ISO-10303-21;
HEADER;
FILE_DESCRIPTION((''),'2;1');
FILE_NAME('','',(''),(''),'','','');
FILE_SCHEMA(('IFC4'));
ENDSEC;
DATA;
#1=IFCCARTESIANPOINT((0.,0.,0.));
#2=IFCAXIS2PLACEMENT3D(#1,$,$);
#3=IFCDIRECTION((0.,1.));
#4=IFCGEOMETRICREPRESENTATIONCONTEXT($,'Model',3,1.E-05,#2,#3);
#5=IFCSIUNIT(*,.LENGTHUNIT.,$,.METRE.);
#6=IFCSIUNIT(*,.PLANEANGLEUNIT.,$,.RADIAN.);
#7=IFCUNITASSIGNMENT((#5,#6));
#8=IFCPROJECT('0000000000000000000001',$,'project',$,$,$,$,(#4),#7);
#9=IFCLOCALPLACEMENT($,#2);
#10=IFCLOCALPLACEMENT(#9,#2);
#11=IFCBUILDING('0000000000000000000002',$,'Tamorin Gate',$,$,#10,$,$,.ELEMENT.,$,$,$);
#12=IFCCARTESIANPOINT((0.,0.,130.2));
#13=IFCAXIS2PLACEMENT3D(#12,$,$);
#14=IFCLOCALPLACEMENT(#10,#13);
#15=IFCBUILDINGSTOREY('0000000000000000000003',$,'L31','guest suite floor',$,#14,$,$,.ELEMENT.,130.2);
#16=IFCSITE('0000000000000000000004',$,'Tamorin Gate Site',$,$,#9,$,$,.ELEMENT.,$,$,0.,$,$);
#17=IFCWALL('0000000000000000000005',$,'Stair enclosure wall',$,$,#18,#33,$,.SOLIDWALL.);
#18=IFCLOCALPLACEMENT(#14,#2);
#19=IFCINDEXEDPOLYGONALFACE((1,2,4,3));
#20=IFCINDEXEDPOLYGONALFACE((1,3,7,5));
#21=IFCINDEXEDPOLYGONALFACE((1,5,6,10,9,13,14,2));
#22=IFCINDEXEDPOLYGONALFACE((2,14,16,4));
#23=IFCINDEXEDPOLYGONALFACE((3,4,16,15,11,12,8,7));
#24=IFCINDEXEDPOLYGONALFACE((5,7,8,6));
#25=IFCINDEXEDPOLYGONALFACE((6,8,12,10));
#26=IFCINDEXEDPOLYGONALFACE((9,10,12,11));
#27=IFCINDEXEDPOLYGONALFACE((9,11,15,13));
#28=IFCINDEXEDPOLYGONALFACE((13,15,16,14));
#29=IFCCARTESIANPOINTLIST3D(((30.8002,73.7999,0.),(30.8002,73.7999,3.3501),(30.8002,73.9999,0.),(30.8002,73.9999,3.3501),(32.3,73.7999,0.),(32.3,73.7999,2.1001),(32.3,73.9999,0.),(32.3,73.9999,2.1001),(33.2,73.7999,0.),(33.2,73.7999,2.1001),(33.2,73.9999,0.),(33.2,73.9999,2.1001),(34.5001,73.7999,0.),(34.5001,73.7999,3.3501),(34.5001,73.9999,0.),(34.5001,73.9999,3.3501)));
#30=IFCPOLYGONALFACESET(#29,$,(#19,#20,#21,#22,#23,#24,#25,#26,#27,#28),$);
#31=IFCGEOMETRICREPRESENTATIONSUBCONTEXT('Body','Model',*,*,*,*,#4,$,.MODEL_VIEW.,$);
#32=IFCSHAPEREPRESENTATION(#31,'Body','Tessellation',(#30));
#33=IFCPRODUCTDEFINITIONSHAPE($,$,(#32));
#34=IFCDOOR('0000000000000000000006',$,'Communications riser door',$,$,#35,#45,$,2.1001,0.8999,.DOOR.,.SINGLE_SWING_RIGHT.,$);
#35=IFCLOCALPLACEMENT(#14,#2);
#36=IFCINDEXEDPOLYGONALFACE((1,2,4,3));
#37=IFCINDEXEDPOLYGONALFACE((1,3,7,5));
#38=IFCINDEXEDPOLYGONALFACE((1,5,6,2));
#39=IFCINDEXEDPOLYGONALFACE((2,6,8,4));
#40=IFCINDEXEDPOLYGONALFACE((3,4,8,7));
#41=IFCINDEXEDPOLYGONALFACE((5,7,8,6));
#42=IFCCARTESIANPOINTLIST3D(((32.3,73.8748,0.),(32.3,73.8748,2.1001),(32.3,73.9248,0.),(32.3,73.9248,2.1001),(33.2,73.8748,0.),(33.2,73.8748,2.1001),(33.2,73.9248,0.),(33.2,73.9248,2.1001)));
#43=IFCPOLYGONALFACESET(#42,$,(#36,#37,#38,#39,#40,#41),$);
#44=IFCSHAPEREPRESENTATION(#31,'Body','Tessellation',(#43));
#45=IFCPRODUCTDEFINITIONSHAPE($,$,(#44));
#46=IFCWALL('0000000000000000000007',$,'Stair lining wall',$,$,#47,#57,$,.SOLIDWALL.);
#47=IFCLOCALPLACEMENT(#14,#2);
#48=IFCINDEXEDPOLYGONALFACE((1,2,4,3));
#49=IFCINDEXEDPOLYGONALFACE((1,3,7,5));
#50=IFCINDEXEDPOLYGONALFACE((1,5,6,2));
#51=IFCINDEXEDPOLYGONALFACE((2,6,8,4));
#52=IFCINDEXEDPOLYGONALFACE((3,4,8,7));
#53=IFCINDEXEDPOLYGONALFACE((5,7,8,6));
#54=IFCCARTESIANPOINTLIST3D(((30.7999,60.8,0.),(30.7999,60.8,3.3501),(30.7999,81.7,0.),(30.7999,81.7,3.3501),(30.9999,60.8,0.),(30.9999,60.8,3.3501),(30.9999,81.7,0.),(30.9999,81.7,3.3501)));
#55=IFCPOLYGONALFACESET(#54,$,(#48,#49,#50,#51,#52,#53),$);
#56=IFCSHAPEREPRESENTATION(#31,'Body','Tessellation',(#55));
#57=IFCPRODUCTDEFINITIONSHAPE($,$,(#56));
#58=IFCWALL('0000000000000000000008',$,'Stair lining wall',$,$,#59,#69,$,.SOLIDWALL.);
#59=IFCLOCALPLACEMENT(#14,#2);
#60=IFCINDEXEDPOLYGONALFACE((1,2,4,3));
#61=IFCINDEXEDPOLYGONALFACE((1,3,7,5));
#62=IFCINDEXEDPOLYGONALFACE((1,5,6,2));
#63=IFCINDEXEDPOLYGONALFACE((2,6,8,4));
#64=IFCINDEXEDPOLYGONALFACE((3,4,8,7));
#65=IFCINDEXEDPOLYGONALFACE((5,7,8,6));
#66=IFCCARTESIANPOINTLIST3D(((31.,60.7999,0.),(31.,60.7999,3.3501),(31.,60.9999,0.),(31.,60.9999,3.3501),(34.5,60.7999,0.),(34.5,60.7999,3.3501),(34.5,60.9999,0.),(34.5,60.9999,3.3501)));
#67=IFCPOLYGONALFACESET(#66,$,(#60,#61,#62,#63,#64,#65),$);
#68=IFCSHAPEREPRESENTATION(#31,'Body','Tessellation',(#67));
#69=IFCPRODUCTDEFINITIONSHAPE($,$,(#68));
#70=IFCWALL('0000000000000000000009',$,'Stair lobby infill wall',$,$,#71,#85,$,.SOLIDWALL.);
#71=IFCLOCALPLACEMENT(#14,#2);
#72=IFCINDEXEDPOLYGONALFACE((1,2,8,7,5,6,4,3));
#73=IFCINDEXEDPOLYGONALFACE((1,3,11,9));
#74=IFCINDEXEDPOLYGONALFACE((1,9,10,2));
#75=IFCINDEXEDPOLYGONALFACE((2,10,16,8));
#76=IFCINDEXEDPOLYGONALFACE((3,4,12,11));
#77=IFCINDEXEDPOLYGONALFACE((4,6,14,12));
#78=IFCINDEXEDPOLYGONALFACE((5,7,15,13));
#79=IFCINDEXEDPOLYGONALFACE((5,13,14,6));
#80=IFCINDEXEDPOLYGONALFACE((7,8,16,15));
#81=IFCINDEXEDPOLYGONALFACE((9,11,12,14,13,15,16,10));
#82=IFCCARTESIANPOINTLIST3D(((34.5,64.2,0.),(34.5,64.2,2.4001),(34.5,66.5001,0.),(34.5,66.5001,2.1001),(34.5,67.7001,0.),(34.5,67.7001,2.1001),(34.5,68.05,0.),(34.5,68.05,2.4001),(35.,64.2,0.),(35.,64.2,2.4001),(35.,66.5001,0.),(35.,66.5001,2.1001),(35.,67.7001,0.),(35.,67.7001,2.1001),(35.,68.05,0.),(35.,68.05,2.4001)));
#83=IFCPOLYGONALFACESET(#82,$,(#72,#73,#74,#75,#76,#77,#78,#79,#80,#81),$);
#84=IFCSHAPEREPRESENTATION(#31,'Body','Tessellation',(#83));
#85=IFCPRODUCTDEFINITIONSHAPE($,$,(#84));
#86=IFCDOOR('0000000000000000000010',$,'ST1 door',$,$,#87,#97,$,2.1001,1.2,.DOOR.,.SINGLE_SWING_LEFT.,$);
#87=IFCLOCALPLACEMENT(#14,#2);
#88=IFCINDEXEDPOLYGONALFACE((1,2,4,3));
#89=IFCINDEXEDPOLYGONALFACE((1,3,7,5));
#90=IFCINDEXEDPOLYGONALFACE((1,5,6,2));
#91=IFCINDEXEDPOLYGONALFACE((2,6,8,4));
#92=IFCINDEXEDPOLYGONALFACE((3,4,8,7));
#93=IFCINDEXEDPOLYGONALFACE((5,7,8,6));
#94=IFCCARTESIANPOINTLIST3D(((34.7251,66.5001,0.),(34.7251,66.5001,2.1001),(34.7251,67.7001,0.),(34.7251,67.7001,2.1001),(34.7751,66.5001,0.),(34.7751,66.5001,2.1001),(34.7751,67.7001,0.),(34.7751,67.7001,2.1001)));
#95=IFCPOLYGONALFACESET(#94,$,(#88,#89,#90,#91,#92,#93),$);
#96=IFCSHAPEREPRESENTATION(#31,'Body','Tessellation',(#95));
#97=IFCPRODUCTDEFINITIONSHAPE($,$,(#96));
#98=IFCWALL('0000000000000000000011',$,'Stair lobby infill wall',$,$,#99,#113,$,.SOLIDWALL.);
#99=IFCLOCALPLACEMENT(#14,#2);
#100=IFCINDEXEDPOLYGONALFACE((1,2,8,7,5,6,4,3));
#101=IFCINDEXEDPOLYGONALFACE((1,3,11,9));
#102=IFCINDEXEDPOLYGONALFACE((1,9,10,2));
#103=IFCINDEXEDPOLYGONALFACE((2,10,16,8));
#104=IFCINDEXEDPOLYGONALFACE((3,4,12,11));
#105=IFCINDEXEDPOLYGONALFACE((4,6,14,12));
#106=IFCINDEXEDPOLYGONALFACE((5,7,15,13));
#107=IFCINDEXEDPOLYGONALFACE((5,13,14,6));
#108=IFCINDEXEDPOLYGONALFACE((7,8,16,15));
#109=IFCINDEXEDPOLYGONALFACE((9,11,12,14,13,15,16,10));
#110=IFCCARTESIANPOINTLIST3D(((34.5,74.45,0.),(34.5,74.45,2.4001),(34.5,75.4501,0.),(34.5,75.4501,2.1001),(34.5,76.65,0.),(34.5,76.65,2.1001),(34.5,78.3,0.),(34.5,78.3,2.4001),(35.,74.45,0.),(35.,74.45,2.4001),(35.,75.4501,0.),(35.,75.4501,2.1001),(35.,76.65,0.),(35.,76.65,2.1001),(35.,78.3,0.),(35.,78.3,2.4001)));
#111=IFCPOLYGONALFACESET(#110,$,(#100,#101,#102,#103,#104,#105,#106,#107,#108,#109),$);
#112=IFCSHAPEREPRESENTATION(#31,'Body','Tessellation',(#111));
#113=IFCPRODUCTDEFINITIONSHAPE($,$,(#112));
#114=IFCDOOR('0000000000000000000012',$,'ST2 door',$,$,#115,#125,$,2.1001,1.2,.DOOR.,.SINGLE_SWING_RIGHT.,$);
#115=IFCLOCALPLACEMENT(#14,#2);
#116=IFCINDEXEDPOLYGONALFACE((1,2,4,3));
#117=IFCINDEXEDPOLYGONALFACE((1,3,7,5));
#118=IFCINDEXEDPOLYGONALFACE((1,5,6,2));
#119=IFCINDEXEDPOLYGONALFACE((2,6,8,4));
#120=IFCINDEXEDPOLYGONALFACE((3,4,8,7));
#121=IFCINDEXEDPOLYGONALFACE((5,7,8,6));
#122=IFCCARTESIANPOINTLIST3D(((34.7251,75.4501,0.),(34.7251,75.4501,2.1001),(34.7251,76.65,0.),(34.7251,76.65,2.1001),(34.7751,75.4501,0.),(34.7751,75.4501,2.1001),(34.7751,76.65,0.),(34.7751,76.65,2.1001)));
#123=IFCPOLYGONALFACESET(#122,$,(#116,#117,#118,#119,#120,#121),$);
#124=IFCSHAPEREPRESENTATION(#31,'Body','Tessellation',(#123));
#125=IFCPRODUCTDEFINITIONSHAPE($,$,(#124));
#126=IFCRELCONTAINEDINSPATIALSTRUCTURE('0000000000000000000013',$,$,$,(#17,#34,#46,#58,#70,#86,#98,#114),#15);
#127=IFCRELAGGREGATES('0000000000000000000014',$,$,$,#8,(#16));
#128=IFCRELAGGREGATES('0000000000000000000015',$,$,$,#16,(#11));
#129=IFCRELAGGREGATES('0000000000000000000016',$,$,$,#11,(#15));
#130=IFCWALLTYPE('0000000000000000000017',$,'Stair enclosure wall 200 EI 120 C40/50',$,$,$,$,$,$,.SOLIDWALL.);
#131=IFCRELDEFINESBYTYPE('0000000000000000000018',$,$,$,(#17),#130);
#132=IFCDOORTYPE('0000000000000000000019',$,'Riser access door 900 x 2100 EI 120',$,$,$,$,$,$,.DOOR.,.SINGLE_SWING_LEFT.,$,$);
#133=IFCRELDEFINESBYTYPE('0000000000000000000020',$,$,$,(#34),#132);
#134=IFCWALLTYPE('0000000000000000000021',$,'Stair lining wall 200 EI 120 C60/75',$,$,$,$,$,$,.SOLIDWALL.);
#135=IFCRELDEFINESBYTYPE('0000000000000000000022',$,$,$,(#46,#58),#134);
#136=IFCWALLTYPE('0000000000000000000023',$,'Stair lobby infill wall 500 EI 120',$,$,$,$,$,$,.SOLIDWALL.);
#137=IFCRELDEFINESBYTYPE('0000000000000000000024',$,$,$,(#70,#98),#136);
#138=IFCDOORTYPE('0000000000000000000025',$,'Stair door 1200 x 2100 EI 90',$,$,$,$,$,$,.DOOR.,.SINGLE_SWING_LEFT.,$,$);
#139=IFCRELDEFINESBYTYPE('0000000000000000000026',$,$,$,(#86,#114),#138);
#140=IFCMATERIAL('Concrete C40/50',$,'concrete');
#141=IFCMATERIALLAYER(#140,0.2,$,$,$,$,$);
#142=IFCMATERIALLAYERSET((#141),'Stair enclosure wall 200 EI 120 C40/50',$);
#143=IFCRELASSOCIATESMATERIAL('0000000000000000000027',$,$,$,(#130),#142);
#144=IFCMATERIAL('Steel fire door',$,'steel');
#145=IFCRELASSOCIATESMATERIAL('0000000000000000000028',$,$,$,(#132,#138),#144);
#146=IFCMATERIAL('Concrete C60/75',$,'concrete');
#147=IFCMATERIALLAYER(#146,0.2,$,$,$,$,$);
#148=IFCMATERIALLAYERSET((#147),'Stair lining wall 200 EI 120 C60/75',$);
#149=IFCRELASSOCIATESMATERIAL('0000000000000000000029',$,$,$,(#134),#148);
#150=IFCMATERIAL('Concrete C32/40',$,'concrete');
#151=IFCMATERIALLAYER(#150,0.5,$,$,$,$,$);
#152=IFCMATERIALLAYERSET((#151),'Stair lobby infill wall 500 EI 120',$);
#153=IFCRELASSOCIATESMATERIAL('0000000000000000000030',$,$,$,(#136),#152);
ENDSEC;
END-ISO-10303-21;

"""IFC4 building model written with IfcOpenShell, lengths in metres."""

from ifc_helpers import new_model, si_unit, direction, frame, frame_2d, origin, place, context, subcontext, project, spatial, rectangle, extrude, material, layer, layer_set, type_object, element, fill, save


model = new_model("IFC4")

# Units and contexts
model_context = context("Model", 3, precision=1e-05, world=origin(), true_north=direction((0.0, 1.0)))
body_context = subcontext(model_context, "Body", "Model", "MODEL_VIEW")
ifc_project = project(units=[si_unit("LENGTHUNIT", "METRE"), si_unit("PLANEANGLEUNIT", "RADIAN")], contexts=[model_context])

# Site, building, storey
site_placement = place(None, origin())
site = spatial("IfcSite", under=ifc_project, at=site_placement, Name="Tamorin Gate Site", CompositionType="ELEMENT", RefElevation=0.0)
building_placement = place(site_placement, origin())
building = spatial("IfcBuilding", under=site, at=building_placement, Name="Tamorin Gate", CompositionType="ELEMENT")
storey_placement = place(building_placement, frame((0.0, 0.0, 130.2)))
storey = spatial("IfcBuildingStorey", under=building, at=storey_placement, Name="L31", Description="guest suite floor", CompositionType="ELEMENT", Elevation=130.2)

# Shared definitions
ifc_material_1 = material(Name="Concrete C60/75", Category="concrete")

# Wall, opening, door
ifc_material_2 = material(Name="Concrete C40/50", Category="concrete")
ifc_layer_1 = layer(ifc_material_2, 0.2)
ifc_layer_set_1 = layer_set([ifc_layer_1], Name="Stair enclosure wall 200 EI 120 C40/50")
wall_type_1 = type_object("IfcWallType", Name="Stair enclosure wall 200 EI 120 C40/50", PredefinedType="SOLIDWALL", material=ifc_layer_set_1)
ifc_material_3 = material(Name="Steel fire door", Category="steel")
door_type_1 = type_object("IfcDoorType", Name="Riser access door 900 x 2100 EI 120", OperationType="SINGLE_SWING_LEFT", PredefinedType="DOOR", material=ifc_material_3)
wall_1_placement = place(storey_placement, frame((30.8, 73.8999, 0.0), z_axis=(0.0, 0.0, 1.0), x_axis=(1.0, 0.0, 0.0)))
wall_1 = element("IfcWall", 1, at=wall_1_placement, inside=storey, type_object=wall_type_1, Name="Stair enclosure wall", PredefinedType="SOLIDWALL", context=body_context, shape_type="SweptSolid", body=[
    extrude(rectangle(XDim=3.7, YDim=0.2, at=frame_2d((1.8501, 0.0))), origin(), (0.0, 0.0, 1.0), 3.3501),
])
opening_1_placement = place(wall_1_placement, frame((1.5, 0.0, 0.0)))
opening_1 = element("IfcOpeningElement", 2, at=opening_1_placement, cuts=wall_1, PredefinedType="OPENING", context=body_context, shape_type="SweptSolid", body=[
    extrude(rectangle(XDim=0.8999, YDim=2.1001, at=frame_2d((0.45, 1.05))), frame((0.0, 0.1099, 0.0), z_axis=(0.0, -1.0, 0.0), x_axis=(1.0, 0.0, 0.0)), (0.0, 0.0, 1.0), 0.22),
])
door_1_placement = place(opening_1_placement, origin())
door_1 = element("IfcDoor", 3, at=door_1_placement, inside=storey, type_object=door_type_1, Name="Communications riser door", OperationType="SINGLE_SWING_RIGHT", OverallHeight=2.1001, OverallWidth=0.8999, PredefinedType="DOOR", context=body_context, shape_type="SweptSolid", body=[
    extrude(rectangle(XDim=0.8999, YDim=2.1001, at=frame_2d((0.45, 1.05))), frame((0.0, 0.0249, 0.0), z_axis=(0.0, -1.0, 0.0), x_axis=(1.0, 0.0, 0.0)), (0.0, 0.0, 1.0), 0.05),
])
fill(opening_1, door_1)

# Walls
ifc_layer_2 = layer(ifc_material_1, 0.2)
ifc_layer_set_2 = layer_set([ifc_layer_2], Name="Stair lining wall 200 EI 120 C60/75")
wall_type_2 = type_object("IfcWallType", Name="Stair lining wall 200 EI 120 C60/75", PredefinedType="SOLIDWALL", material=ifc_layer_set_2)
wall_2_placement = place(storey_placement, frame((30.8999, 60.8, 0.0), z_axis=(0.0, 0.0, 1.0), x_axis=(0.0, 1.0, 0.0)))
element("IfcWall", 4, at=wall_2_placement, inside=storey, type_object=wall_type_2, Name="Stair lining wall", PredefinedType="SOLIDWALL", context=body_context, shape_type="SweptSolid", body=[
    extrude(rectangle(XDim=20.8999, YDim=0.2, at=frame_2d((10.45, 0.0))), origin(), (0.0, 0.0, 1.0), 3.3501),
])
wall_3_placement = place(storey_placement, frame((31.0, 60.8999, 0.0), z_axis=(0.0, 0.0, 1.0), x_axis=(1.0, 0.0, 0.0)))
element("IfcWall", 5, at=wall_3_placement, inside=storey, type_object=wall_type_2, Name="Stair lining wall", PredefinedType="SOLIDWALL", context=body_context, shape_type="SweptSolid", body=[
    extrude(rectangle(XDim=3.5, YDim=0.2, at=frame_2d((1.75, 0.0))), origin(), (0.0, 0.0, 1.0), 3.3501),
])

# Walls, openings, doors
ifc_material_4 = material(Name="Concrete C32/40", Category="concrete")
ifc_layer_3 = layer(ifc_material_4, 0.5)
ifc_layer_set_3 = layer_set([ifc_layer_3], Name="Stair lobby infill wall 500 EI 120")
wall_type_3 = type_object("IfcWallType", Name="Stair lobby infill wall 500 EI 120", PredefinedType="SOLIDWALL", material=ifc_layer_set_3)
wall_4_placement = place(storey_placement, frame((34.75, 64.2, 0.0), z_axis=(0.0, 0.0, 1.0), x_axis=(0.0, 1.0, 0.0)))
wall_4 = element("IfcWall", 6, at=wall_4_placement, inside=storey, type_object=wall_type_3, Name="Stair lobby infill wall", PredefinedType="SOLIDWALL", context=body_context, shape_type="SweptSolid", body=[
    extrude(rectangle(XDim=3.8501, YDim=0.5, at=frame_2d((1.925, 0.0))), origin(), (0.0, 0.0, 1.0), 2.4001),
])
opening_2_placement = place(wall_4_placement, frame((2.3, 0.0, 0.0)))
opening_2 = element("IfcOpeningElement", 7, at=opening_2_placement, cuts=wall_4, PredefinedType="OPENING", context=body_context, shape_type="SweptSolid", body=[
    extrude(rectangle(XDim=1.2, YDim=2.1001, at=frame_2d((0.6001, 1.05))), frame((0.0, 0.26, 0.0), z_axis=(0.0, -1.0, 0.0), x_axis=(1.0, 0.0, 0.0)), (0.0, 0.0, 1.0), 0.52),
])
door_type_2 = type_object("IfcDoorType", Name="Stair door 1200 x 2100 EI 90", OperationType="SINGLE_SWING_LEFT", PredefinedType="DOOR", material=ifc_material_3)
door_2_placement = place(opening_2_placement, origin())
door_2 = element("IfcDoor", 8, at=door_2_placement, inside=storey, type_object=door_type_2, Name="ST1 door", OperationType="SINGLE_SWING_LEFT", OverallHeight=2.1001, OverallWidth=1.2, PredefinedType="DOOR", context=body_context, shape_type="SweptSolid", body=[
    extrude(rectangle(XDim=1.2, YDim=2.1001, at=frame_2d((0.6001, 1.05))), frame((0.0, 0.0249, 0.0), z_axis=(0.0, -1.0, 0.0), x_axis=(1.0, 0.0, 0.0)), (0.0, 0.0, 1.0), 0.05),
])
fill(opening_2, door_2)
wall_5_placement = place(storey_placement, frame((34.75, 74.45, 0.0), z_axis=(0.0, 0.0, 1.0), x_axis=(0.0, 1.0, 0.0)))
wall_5 = element("IfcWall", 9, at=wall_5_placement, inside=storey, type_object=wall_type_3, Name="Stair lobby infill wall", PredefinedType="SOLIDWALL", context=body_context, shape_type="SweptSolid", body=[
    extrude(rectangle(XDim=3.8501, YDim=0.5, at=frame_2d((1.925, 0.0))), origin(), (0.0, 0.0, 1.0), 2.4001),
])
opening_3_placement = place(wall_5_placement, frame((1.0, 0.0, 0.0)))
opening_3 = element("IfcOpeningElement", 10, at=opening_3_placement, cuts=wall_5, PredefinedType="OPENING", context=body_context, shape_type="SweptSolid", body=[
    extrude(rectangle(XDim=1.2, YDim=2.1001, at=frame_2d((0.6001, 1.05))), frame((0.0, 0.26, 0.0), z_axis=(0.0, -1.0, 0.0), x_axis=(1.0, 0.0, 0.0)), (0.0, 0.0, 1.0), 0.52),
])
door_3_placement = place(opening_3_placement, origin())
door_3 = element("IfcDoor", 11, at=door_3_placement, inside=storey, type_object=door_type_2, Name="ST2 door", OperationType="SINGLE_SWING_RIGHT", OverallHeight=2.1001, OverallWidth=1.2, PredefinedType="DOOR", context=body_context, shape_type="SweptSolid", body=[
    extrude(rectangle(XDim=1.2, YDim=2.1001, at=frame_2d((0.6001, 1.05))), frame((0.0, 0.0249, 0.0), z_axis=(0.0, -1.0, 0.0), x_axis=(1.0, 0.0, 0.0)), (0.0, 0.0, 1.0), 0.05),
])
fill(opening_3, door_3)

save(model, "model.ifc")
